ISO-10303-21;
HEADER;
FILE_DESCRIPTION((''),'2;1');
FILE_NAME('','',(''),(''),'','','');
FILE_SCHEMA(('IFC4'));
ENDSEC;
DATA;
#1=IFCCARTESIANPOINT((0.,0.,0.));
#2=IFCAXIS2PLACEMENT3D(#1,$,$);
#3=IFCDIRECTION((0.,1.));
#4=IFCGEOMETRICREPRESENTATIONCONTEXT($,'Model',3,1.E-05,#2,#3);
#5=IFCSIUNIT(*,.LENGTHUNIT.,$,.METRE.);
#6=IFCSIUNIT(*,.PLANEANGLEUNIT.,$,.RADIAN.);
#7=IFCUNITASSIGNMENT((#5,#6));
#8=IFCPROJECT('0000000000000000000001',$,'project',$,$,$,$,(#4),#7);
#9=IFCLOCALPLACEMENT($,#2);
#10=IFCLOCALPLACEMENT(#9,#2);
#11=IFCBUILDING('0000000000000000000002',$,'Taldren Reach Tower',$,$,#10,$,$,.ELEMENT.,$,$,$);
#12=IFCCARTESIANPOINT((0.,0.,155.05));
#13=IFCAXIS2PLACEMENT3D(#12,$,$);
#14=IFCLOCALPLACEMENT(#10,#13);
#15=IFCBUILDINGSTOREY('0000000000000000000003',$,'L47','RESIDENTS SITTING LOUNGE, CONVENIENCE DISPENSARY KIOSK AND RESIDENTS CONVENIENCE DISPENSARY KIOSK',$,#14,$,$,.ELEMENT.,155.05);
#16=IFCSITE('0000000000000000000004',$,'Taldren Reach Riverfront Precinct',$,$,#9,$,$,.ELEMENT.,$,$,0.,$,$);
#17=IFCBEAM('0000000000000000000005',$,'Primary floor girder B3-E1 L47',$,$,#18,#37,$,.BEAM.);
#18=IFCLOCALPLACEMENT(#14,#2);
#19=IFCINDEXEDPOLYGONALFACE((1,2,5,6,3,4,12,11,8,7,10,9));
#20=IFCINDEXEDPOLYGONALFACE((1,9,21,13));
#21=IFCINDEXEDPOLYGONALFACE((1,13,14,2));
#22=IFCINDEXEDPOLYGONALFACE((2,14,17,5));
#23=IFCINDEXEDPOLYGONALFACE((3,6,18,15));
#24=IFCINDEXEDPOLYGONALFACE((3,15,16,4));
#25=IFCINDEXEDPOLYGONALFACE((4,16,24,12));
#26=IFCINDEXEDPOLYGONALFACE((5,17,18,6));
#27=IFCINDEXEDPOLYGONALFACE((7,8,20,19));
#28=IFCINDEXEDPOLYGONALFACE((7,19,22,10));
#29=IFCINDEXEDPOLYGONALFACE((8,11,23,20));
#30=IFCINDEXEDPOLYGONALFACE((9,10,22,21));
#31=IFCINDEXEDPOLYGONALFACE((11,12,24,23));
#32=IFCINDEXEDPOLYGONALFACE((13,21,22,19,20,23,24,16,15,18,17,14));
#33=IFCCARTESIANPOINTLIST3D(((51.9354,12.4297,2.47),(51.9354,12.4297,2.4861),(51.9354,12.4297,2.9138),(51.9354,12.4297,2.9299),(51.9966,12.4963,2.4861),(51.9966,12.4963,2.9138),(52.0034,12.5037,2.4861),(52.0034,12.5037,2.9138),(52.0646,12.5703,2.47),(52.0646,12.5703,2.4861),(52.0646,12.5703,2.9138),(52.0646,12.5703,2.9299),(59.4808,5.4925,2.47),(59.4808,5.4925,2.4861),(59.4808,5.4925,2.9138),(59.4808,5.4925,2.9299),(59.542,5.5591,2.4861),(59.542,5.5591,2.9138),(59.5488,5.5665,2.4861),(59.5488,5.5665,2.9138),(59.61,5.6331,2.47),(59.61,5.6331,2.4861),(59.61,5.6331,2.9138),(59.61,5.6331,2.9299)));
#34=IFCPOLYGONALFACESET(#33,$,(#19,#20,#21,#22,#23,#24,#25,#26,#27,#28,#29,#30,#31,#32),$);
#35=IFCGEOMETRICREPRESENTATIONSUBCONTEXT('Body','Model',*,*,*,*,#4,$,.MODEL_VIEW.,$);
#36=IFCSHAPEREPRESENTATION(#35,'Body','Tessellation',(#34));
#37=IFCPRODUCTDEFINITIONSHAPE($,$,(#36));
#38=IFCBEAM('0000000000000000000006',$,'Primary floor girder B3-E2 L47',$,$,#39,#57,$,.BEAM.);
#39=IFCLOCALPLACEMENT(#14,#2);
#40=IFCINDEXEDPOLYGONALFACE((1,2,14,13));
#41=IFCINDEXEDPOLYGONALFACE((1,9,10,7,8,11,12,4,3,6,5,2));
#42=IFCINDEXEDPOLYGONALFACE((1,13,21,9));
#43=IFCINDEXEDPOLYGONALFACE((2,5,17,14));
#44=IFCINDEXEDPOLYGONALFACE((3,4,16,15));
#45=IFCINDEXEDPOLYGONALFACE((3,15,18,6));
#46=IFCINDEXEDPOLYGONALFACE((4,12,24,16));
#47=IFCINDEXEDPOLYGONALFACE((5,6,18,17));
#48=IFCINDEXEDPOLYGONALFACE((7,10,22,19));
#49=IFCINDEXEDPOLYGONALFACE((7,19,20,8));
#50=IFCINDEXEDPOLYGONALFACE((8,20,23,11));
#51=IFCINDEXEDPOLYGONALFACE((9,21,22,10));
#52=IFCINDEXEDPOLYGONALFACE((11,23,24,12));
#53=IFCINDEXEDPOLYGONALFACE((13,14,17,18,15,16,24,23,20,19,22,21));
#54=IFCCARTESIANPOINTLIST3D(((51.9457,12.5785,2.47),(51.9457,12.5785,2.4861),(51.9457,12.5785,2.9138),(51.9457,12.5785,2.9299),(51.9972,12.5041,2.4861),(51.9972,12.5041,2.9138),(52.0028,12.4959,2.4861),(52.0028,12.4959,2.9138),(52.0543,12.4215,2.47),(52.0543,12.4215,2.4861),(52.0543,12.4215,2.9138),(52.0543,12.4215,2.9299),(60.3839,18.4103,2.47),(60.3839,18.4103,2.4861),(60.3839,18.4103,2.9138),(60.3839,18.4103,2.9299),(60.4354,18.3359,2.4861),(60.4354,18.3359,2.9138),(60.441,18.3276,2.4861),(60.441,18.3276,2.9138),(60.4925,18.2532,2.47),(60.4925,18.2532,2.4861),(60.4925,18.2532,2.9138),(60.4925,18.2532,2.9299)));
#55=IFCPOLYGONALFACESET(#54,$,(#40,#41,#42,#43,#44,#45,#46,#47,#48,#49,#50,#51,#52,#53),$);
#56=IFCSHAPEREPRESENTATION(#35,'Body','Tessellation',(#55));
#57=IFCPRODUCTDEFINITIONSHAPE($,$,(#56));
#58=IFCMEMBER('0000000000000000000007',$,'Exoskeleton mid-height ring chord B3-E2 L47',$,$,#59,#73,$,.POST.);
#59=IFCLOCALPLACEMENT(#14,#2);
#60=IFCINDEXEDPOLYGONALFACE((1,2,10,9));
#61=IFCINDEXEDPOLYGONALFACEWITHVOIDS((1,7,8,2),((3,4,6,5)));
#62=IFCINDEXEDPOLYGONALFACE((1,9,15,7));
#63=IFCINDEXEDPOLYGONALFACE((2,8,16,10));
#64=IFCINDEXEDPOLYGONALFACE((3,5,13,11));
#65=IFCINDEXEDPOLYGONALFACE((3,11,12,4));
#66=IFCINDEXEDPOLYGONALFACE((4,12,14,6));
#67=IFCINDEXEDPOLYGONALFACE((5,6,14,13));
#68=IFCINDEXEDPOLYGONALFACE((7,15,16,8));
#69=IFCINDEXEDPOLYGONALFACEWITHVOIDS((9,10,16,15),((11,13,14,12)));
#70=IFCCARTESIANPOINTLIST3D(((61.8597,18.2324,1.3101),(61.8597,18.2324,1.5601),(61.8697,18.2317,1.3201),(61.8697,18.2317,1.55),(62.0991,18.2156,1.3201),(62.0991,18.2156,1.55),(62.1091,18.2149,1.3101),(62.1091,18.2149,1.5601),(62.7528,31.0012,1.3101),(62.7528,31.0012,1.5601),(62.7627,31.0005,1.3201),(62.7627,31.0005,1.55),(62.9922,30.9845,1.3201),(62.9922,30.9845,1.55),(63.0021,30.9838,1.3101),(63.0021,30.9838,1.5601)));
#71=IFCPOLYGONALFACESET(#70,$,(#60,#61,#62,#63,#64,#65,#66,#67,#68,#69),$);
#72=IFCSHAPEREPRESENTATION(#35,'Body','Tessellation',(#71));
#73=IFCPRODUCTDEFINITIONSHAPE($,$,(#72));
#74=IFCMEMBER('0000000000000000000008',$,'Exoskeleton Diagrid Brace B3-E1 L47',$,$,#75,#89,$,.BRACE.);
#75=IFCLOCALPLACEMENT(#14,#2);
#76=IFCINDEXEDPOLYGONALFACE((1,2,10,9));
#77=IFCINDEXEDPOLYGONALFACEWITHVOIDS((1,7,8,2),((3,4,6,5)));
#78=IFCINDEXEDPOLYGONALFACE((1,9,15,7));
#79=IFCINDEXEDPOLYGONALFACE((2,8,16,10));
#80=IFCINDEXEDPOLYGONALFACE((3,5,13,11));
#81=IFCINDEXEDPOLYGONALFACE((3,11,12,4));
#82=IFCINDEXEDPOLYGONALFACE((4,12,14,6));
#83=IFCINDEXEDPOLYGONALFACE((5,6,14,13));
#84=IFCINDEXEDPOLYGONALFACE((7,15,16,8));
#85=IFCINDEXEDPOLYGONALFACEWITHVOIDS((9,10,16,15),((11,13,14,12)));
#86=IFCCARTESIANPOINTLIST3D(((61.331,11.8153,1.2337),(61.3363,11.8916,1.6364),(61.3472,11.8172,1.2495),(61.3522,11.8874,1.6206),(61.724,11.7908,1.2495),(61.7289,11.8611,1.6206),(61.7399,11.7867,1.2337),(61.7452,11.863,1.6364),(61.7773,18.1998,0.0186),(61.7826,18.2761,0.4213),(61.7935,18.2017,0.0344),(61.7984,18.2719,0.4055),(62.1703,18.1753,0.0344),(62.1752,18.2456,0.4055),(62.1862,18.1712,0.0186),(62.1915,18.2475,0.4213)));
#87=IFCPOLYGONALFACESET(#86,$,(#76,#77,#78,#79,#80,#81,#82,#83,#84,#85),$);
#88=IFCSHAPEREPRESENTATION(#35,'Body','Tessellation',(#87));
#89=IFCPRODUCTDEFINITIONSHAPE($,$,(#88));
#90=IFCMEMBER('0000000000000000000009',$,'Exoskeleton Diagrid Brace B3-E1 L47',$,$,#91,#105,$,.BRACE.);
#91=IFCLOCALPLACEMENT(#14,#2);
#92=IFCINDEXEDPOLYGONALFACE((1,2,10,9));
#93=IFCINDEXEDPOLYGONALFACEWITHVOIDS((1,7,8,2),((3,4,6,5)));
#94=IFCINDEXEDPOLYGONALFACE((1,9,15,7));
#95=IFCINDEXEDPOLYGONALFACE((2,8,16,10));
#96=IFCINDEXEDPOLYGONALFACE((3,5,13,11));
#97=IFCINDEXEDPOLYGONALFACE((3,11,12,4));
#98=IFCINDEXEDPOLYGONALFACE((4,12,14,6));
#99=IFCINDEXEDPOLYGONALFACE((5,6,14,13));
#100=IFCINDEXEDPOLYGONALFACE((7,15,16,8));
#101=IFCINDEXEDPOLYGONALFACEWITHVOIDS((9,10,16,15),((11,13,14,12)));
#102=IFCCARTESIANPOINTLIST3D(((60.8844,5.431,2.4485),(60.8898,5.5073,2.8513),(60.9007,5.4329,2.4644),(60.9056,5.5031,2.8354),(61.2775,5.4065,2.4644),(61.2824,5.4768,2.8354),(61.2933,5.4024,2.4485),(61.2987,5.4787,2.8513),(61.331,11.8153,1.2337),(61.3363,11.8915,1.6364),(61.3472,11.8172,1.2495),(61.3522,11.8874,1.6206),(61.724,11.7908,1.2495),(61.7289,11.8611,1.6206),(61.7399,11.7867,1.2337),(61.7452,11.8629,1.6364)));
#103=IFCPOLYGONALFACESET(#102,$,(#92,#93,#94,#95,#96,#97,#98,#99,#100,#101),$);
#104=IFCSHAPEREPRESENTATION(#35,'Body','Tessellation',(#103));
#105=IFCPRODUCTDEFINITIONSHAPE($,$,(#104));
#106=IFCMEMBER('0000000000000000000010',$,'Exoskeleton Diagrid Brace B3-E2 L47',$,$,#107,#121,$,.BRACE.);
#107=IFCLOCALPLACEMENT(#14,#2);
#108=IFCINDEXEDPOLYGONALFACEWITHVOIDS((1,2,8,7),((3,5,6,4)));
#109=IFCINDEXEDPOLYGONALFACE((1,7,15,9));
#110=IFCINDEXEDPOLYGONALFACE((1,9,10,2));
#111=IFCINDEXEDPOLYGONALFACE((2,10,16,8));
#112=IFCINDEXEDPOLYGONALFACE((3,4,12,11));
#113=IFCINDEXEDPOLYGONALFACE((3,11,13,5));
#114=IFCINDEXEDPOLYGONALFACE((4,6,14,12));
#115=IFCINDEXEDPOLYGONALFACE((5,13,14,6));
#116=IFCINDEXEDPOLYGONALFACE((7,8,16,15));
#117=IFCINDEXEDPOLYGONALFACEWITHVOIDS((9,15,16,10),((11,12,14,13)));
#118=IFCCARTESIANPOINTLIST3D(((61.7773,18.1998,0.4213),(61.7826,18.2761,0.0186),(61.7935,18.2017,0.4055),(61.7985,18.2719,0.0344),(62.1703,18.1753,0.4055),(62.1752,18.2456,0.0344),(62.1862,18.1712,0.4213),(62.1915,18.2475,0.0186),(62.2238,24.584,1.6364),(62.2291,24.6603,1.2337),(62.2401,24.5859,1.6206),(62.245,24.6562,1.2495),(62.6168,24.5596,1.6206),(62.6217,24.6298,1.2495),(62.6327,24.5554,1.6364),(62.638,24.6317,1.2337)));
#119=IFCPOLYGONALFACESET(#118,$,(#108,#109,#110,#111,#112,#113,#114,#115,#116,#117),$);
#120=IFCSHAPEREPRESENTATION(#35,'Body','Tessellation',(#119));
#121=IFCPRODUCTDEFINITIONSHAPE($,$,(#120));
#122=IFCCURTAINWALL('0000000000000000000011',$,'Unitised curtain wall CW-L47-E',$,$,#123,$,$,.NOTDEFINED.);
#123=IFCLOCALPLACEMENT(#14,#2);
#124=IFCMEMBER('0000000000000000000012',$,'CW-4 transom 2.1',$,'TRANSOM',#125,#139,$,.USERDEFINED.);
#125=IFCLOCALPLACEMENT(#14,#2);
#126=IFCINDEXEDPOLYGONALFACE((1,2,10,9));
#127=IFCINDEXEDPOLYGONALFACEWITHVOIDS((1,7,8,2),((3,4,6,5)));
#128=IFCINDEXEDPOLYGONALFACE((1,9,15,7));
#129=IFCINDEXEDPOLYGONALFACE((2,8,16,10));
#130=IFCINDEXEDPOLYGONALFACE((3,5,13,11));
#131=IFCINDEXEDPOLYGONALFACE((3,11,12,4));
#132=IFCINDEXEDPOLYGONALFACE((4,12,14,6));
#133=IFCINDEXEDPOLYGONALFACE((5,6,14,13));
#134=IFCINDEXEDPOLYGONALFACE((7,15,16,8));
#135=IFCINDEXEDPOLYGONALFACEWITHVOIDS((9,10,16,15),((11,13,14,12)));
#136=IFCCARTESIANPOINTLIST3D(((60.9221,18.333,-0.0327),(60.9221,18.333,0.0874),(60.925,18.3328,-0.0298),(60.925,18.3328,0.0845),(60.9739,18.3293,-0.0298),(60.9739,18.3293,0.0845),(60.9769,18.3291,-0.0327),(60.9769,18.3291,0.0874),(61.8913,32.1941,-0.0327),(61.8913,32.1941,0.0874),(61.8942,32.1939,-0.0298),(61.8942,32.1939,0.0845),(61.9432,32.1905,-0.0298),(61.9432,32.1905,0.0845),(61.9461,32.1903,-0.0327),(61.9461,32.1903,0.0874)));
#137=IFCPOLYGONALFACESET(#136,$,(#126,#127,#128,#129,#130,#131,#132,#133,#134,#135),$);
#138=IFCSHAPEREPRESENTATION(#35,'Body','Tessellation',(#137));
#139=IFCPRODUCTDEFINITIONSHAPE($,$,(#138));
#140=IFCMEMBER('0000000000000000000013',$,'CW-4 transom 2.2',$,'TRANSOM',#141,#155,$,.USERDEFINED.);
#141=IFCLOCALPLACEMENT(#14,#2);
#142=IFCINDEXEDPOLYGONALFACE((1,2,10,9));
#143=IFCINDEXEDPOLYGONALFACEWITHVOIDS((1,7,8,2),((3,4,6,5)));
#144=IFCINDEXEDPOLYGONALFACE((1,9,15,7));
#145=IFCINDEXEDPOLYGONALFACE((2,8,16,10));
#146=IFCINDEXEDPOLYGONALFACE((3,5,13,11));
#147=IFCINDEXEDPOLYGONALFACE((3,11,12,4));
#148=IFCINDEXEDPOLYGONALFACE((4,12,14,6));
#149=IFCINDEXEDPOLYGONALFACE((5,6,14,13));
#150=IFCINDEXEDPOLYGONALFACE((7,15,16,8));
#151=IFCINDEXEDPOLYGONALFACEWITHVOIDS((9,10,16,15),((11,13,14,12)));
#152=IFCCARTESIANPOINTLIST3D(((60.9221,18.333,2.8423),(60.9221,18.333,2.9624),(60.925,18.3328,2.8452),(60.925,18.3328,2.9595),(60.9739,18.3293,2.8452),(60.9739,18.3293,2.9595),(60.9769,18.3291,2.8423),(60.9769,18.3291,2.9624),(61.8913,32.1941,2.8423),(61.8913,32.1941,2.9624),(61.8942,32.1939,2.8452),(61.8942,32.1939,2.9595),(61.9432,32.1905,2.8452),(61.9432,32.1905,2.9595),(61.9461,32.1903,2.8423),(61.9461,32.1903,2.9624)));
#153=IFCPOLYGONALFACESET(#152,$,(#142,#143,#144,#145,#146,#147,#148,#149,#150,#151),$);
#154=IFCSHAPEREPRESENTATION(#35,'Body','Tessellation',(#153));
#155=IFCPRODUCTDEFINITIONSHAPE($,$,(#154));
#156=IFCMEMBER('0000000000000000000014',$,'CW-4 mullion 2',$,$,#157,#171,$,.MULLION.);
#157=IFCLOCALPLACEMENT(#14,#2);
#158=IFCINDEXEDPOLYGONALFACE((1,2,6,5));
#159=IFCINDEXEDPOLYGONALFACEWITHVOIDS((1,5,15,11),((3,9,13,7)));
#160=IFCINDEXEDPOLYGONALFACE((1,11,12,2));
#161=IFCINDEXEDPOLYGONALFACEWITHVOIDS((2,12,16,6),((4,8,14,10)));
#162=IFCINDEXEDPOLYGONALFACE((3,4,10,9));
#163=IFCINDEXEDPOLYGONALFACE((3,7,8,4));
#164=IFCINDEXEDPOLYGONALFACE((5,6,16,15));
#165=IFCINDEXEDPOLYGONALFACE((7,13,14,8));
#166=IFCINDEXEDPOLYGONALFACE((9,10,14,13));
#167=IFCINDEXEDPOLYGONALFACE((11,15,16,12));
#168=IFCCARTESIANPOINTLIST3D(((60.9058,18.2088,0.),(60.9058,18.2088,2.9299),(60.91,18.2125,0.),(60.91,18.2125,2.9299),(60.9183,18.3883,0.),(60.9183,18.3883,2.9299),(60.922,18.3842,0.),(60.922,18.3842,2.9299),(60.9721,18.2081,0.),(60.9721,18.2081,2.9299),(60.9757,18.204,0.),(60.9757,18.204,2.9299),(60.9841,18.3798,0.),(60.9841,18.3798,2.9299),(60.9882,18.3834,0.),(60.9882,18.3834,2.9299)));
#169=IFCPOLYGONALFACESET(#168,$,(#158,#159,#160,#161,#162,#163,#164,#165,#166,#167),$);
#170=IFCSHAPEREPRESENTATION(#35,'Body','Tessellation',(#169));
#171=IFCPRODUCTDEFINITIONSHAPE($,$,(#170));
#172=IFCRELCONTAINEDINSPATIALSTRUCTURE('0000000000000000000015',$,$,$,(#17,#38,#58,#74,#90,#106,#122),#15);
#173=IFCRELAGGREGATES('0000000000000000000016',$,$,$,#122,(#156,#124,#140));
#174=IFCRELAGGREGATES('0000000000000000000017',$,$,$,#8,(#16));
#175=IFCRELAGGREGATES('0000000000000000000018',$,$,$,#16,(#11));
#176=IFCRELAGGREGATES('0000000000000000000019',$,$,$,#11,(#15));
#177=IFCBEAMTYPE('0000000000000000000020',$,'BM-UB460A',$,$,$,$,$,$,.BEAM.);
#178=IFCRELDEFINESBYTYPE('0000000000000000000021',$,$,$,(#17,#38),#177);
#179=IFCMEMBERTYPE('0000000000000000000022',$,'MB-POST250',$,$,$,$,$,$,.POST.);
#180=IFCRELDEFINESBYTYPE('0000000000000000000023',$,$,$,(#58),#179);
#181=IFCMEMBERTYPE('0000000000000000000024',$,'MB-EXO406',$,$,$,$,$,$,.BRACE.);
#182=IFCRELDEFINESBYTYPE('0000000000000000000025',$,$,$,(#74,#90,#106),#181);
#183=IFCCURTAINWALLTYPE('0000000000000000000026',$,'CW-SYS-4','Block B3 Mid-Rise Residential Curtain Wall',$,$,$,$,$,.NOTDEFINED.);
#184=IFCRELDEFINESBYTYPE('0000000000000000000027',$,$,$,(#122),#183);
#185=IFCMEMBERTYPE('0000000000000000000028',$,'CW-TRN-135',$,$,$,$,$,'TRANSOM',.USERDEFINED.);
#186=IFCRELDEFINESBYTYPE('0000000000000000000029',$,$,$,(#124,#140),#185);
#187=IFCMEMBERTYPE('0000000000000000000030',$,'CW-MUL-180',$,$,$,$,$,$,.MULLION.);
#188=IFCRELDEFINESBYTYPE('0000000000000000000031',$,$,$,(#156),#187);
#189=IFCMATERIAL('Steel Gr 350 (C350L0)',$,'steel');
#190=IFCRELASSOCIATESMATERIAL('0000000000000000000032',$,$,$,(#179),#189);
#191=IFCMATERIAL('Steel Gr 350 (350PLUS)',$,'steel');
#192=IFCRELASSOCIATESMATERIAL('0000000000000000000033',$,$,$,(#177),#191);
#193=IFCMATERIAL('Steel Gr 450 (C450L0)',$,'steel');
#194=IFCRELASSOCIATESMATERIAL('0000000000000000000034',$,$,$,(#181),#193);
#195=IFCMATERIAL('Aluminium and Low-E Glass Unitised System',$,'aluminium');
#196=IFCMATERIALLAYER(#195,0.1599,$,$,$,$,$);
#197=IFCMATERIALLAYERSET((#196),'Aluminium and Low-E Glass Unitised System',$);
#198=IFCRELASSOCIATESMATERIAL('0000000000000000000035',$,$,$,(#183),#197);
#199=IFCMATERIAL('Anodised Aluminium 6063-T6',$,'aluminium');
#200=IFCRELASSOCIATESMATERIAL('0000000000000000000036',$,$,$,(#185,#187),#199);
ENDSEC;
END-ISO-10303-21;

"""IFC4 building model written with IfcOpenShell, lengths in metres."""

from ifc_helpers import new_model, si_unit, direction, frame, origin, origin_2d, place, context, subcontext, project, spatial, hollow_rectangle, i_section, extrude, source, transform, mapped, material, layer, layer_set, material_profile, profile_set, type_object, element, aggregate, save


model = new_model("IFC4")

# Units and contexts
model_context = context("Model", 3, precision=1e-05, world=origin(), true_north=direction((0.0, 1.0)))
body_context = subcontext(model_context, "Body", "Model", "MODEL_VIEW")
ifc_project = project(units=[si_unit("LENGTHUNIT", "METRE"), si_unit("PLANEANGLEUNIT", "RADIAN")], contexts=[model_context])

# Site, building, storey
site_placement = place(None, origin())
site = spatial("IfcSite", under=ifc_project, at=site_placement, Name="Taldren Reach Riverfront Precinct", CompositionType="ELEMENT", RefElevation=0.0)
building_placement = place(site_placement, origin())
building = spatial("IfcBuilding", under=site, at=building_placement, Name="Taldren Reach Tower", CompositionType="ELEMENT")
storey_placement = place(building_placement, frame((0.0, 0.0, 155.05)))
storey = spatial("IfcBuildingStorey", under=building, at=storey_placement, Name="L47", Description="RESIDENTS SITTING LOUNGE, CONVENIENCE DISPENSARY KIOSK AND RESIDENTS CONVENIENCE DISPENSARY KIOSK", CompositionType="ELEMENT", Elevation=155.05)

# Shared definitions
ifc_material_1 = material(Name="Steel Gr 350 (350PLUS)", Category="steel")

# Shared definitions
ifc_material_2 = material(Name="Steel Gr 450 (C450L0)", Category="steel")
ifc_material_3 = material(Name="Steel Gr 350 (C350L0)", Category="steel")
ifc_material_profile_1 = material_profile(ifc_material_3, hollow_rectangle(XDim=0.25, YDim=0.25, WallThickness=0.01, at=origin_2d()), Name="250x250x10.0SHS")
ifc_profile_set_1 = profile_set([ifc_material_profile_1], Name="Steel Gr 350 (C350L0)")
member_type_1 = type_object("IfcMemberType", Name="MB-POST250", PredefinedType="POST", material=ifc_profile_set_1)

# Beams
ifc_material_profile_2 = material_profile(ifc_material_1, i_section(OverallWidth=0.1909, OverallDepth=0.46, WebThickness=0.01, FlangeThickness=0.0161, at=origin_2d()), Name="460UB82.1")
ifc_profile_set_2 = profile_set([ifc_material_profile_2], Name="Steel Gr 350 (350PLUS)")
beam_type_1 = type_object("IfcBeamType", Name="BM-UB460A", PredefinedType="BEAM", material=ifc_profile_set_2)
shared_shape_1 = source(origin(), body_context, "Body", "SweptSolid", [
    extrude(i_section(OverallWidth=0.1909, OverallDepth=0.46, WebThickness=0.01, FlangeThickness=0.0161, at=origin_2d()), origin(), (0.0, 0.0, 1.0), 10.2498),
])
beam_1_placement = place(storey_placement, frame((52.0, 12.5, 2.7), z_axis=(0.736151, -0.676818, 0.0), x_axis=(0.676818, 0.736151, 0.0)))
element("IfcBeam", 1, at=beam_1_placement, inside=storey, type_object=beam_type_1, Name="Primary floor girder B3-E1 L47", PredefinedType="BEAM", context=body_context, shape_type="MappedRepresentation", body=[
    mapped(shared_shape_1, transform((0.0, 0.0, 0.0), scale=1.0)),
])
shared_shape_2 = source(origin(), body_context, "Body", "SweptSolid", [
    extrude(i_section(OverallWidth=0.1909, OverallDepth=0.46, WebThickness=0.01, FlangeThickness=0.0161, at=origin_2d()), origin(), (0.0, 0.0, 1.0), 10.2573),
])
beam_2_placement = place(storey_placement, frame((52.0, 12.5, 2.7), z_axis=(0.822651, 0.568546, 0.0), x_axis=(-0.568546, 0.822651, 0.0)))
element("IfcBeam", 2, at=beam_2_placement, inside=storey, type_object=beam_type_1, Name="Primary floor girder B3-E2 L47", PredefinedType="BEAM", context=body_context, shape_type="MappedRepresentation", body=[
    mapped(shared_shape_2, transform((0.0, 0.0, 0.0), scale=1.0)),
])

# Members
shared_shape_3 = source(origin(), body_context, "Body", "SweptSolid", [
    extrude(hollow_rectangle(XDim=0.25, YDim=0.25, WallThickness=0.01, at=origin_2d()), origin(), (0.0, 0.0, 1.0), 12.8),
])
member_1_placement = place(storey_placement, frame((61.9844, 18.2236, 1.4351), z_axis=(0.069771, 0.997563, 0.0), x_axis=(-0.997563, 0.069771, 0.0)))
element("IfcMember", 3, at=member_1_placement, inside=storey, type_object=member_type_1, Name="Exoskeleton mid-height ring chord B3-E2 L47", PredefinedType="POST", context=body_context, shape_type="MappedRepresentation", body=[
    mapped(shared_shape_3, transform((0.0, 0.0, 0.0), scale=1.0)),
])
ifc_material_profile_3 = material_profile(ifc_material_2, hollow_rectangle(XDim=0.4099, YDim=0.4099, WallThickness=0.0161, at=origin_2d()), Name="410x410x16.0SHS")
ifc_profile_set_3 = profile_set([ifc_material_profile_3], Name="Steel Gr 450 (C450L0)")
member_type_2 = type_object("IfcMemberType", Name="MB-EXO406", PredefinedType="BRACE", material=ifc_profile_set_3)
shared_shape_4 = source(origin(), body_context, "Body", "SweptSolid", [
    extrude(hollow_rectangle(XDim=0.4099, YDim=0.4099, WallThickness=0.0161, at=origin_2d()), origin(), (0.0, 0.0, 1.0), 6.5144),
])
member_2_placement = place(storey_placement, frame((61.9844, 18.2236, 0.22), z_axis=(-0.068508, -0.980059, 0.186523), x_axis=(0.997566, -0.069732, 0.0)))
element("IfcMember", 4, at=member_2_placement, inside=storey, type_object=member_type_2, Name="Exoskeleton Diagrid Brace B3-E1 L47", PredefinedType="BRACE", context=body_context, shape_type="MappedRepresentation", body=[
    mapped(shared_shape_4, transform((0.0, 0.0, 0.0), scale=1.0)),
])
shared_shape_5 = source(origin(), body_context, "Body", "SweptSolid", [
    extrude(hollow_rectangle(XDim=0.4099, YDim=0.4099, WallThickness=0.0161, at=origin_2d()), origin(), (0.0, 0.0, 1.0), 6.5142),
])
for number, where, z_axis, x_axis, name in (
    (5, (61.5381, 11.8391, 1.4351), (-0.068548, -0.980062, 0.186493), (0.997563, -0.069772, 0.0), "Exoskeleton Diagrid Brace B3-E1 L47"),
    (6, (61.9844, 18.2236, 0.22), (0.068548, 0.980055, 0.186529), (-0.997563, 0.069772, 0.0), "Exoskeleton Diagrid Brace B3-E2 L47"),
):
    element("IfcMember", number, at=place(storey_placement, frame(where, z_axis=z_axis, x_axis=x_axis)), inside=storey, type_object=member_type_2, Name=name, PredefinedType="BRACE", context=body_context, shape_type="MappedRepresentation", body=[
        mapped(shared_shape_5, transform((0.0, 0.0, 0.0), scale=1.0)),
    ])

# Curtain wall, members
ifc_material_4 = material(Name="Aluminium and Low-E Glass Unitised System", Category="aluminium")
ifc_layer_1 = layer(ifc_material_4, 0.1599)
ifc_layer_set_1 = layer_set([ifc_layer_1], Name="Aluminium and Low-E Glass Unitised System")
curtain_wall_type = type_object("IfcCurtainWallType", Name="CW-SYS-4", Description="Block B3 Mid-Rise Residential Curtain Wall", PredefinedType="NOTDEFINED", material=ifc_layer_set_1)
curtain_wall_placement = place(storey_placement, origin())
curtain_wall = element("IfcCurtainWall", 7, at=curtain_wall_placement, inside=storey, type_object=curtain_wall_type, Name="Unitised curtain wall CW-L47-E", PredefinedType="NOTDEFINED")
ifc_material_5 = material(Name="Anodised Aluminium 6063-T6", Category="aluminium")
ifc_material_profile_4 = material_profile(ifc_material_5, hollow_rectangle(XDim=0.0549, YDim=0.1201, WallThickness=0.0029, at=origin_2d()), Name="ALU-120x55x3RHS")
ifc_profile_set_4 = profile_set([ifc_material_profile_4], Name="Anodised Aluminium 6063-T6")
member_type_3 = type_object("IfcMemberType", Name="CW-TRN-135", ElementType="TRANSOM", PredefinedType="USERDEFINED", material=ifc_profile_set_4)
shared_shape_6 = source(origin(), body_context, "Body", "SweptSolid", [
    extrude(hollow_rectangle(XDim=0.0549, YDim=0.1201, WallThickness=0.0029, at=origin_2d()), origin(), (0.0, 0.0, 1.0), 13.895),
])
member_3_placement = place(storey_placement, frame((60.9495, 18.3311, 0.0273), z_axis=(0.069755, 0.997564, 0.0), x_axis=(-0.997564, 0.069755, 0.0)))
member_3 = element("IfcMember", 8, at=member_3_placement, type_object=member_type_3, Name="CW-4 transom 2.1", ObjectType="TRANSOM", PredefinedType="USERDEFINED", context=body_context, shape_type="MappedRepresentation", body=[
    mapped(shared_shape_6, transform((0.0, 0.0, 0.0), scale=1.0)),
])
member_4_placement = place(storey_placement, frame((60.9495, 18.3311, 2.9023), z_axis=(0.069755, 0.997564, 0.0), x_axis=(-0.997564, 0.069755, 0.0)))
member_4 = element("IfcMember", 9, at=member_4_placement, type_object=member_type_3, Name="CW-4 transom 2.2", ObjectType="TRANSOM", PredefinedType="USERDEFINED", context=body_context, shape_type="MappedRepresentation", body=[
    mapped(shared_shape_6, transform((0.0, 0.0, 0.0), scale=1.0)),
])
ifc_material_profile_5 = material_profile(ifc_material_5, hollow_rectangle(XDim=0.0701, YDim=0.1799, WallThickness=0.0039, at=origin_2d()), Name="ALU-180x70x4RHS")
ifc_profile_set_5 = profile_set([ifc_material_profile_5], Name="Anodised Aluminium 6063-T6")
member_type_4 = type_object("IfcMemberType", Name="CW-MUL-180", PredefinedType="MULLION", material=ifc_profile_set_5)
shared_shape_7 = source(origin(), body_context, "Body", "SweptSolid", [
    extrude(hollow_rectangle(XDim=0.0701, YDim=0.1799, WallThickness=0.0039, at=origin_2d()), origin(), (0.0, 0.0, 1.0), 2.9299),
])
member_5_placement = place(storey_placement, frame((60.947, 18.2961, 0.0), z_axis=(0.0, 0.0, 1.0), x_axis=(-0.997564, 0.069756, 0.0)))
member_5 = element("IfcMember", 10, at=member_5_placement, type_object=member_type_4, Name="CW-4 mullion 2", PredefinedType="MULLION", context=body_context, shape_type="MappedRepresentation", body=[
    mapped(shared_shape_7, transform((0.0, 0.0, 0.0), scale=1.0)),
])

aggregate(curtain_wall, [member_5, member_3, member_4])

save(model, "model.ifc")
